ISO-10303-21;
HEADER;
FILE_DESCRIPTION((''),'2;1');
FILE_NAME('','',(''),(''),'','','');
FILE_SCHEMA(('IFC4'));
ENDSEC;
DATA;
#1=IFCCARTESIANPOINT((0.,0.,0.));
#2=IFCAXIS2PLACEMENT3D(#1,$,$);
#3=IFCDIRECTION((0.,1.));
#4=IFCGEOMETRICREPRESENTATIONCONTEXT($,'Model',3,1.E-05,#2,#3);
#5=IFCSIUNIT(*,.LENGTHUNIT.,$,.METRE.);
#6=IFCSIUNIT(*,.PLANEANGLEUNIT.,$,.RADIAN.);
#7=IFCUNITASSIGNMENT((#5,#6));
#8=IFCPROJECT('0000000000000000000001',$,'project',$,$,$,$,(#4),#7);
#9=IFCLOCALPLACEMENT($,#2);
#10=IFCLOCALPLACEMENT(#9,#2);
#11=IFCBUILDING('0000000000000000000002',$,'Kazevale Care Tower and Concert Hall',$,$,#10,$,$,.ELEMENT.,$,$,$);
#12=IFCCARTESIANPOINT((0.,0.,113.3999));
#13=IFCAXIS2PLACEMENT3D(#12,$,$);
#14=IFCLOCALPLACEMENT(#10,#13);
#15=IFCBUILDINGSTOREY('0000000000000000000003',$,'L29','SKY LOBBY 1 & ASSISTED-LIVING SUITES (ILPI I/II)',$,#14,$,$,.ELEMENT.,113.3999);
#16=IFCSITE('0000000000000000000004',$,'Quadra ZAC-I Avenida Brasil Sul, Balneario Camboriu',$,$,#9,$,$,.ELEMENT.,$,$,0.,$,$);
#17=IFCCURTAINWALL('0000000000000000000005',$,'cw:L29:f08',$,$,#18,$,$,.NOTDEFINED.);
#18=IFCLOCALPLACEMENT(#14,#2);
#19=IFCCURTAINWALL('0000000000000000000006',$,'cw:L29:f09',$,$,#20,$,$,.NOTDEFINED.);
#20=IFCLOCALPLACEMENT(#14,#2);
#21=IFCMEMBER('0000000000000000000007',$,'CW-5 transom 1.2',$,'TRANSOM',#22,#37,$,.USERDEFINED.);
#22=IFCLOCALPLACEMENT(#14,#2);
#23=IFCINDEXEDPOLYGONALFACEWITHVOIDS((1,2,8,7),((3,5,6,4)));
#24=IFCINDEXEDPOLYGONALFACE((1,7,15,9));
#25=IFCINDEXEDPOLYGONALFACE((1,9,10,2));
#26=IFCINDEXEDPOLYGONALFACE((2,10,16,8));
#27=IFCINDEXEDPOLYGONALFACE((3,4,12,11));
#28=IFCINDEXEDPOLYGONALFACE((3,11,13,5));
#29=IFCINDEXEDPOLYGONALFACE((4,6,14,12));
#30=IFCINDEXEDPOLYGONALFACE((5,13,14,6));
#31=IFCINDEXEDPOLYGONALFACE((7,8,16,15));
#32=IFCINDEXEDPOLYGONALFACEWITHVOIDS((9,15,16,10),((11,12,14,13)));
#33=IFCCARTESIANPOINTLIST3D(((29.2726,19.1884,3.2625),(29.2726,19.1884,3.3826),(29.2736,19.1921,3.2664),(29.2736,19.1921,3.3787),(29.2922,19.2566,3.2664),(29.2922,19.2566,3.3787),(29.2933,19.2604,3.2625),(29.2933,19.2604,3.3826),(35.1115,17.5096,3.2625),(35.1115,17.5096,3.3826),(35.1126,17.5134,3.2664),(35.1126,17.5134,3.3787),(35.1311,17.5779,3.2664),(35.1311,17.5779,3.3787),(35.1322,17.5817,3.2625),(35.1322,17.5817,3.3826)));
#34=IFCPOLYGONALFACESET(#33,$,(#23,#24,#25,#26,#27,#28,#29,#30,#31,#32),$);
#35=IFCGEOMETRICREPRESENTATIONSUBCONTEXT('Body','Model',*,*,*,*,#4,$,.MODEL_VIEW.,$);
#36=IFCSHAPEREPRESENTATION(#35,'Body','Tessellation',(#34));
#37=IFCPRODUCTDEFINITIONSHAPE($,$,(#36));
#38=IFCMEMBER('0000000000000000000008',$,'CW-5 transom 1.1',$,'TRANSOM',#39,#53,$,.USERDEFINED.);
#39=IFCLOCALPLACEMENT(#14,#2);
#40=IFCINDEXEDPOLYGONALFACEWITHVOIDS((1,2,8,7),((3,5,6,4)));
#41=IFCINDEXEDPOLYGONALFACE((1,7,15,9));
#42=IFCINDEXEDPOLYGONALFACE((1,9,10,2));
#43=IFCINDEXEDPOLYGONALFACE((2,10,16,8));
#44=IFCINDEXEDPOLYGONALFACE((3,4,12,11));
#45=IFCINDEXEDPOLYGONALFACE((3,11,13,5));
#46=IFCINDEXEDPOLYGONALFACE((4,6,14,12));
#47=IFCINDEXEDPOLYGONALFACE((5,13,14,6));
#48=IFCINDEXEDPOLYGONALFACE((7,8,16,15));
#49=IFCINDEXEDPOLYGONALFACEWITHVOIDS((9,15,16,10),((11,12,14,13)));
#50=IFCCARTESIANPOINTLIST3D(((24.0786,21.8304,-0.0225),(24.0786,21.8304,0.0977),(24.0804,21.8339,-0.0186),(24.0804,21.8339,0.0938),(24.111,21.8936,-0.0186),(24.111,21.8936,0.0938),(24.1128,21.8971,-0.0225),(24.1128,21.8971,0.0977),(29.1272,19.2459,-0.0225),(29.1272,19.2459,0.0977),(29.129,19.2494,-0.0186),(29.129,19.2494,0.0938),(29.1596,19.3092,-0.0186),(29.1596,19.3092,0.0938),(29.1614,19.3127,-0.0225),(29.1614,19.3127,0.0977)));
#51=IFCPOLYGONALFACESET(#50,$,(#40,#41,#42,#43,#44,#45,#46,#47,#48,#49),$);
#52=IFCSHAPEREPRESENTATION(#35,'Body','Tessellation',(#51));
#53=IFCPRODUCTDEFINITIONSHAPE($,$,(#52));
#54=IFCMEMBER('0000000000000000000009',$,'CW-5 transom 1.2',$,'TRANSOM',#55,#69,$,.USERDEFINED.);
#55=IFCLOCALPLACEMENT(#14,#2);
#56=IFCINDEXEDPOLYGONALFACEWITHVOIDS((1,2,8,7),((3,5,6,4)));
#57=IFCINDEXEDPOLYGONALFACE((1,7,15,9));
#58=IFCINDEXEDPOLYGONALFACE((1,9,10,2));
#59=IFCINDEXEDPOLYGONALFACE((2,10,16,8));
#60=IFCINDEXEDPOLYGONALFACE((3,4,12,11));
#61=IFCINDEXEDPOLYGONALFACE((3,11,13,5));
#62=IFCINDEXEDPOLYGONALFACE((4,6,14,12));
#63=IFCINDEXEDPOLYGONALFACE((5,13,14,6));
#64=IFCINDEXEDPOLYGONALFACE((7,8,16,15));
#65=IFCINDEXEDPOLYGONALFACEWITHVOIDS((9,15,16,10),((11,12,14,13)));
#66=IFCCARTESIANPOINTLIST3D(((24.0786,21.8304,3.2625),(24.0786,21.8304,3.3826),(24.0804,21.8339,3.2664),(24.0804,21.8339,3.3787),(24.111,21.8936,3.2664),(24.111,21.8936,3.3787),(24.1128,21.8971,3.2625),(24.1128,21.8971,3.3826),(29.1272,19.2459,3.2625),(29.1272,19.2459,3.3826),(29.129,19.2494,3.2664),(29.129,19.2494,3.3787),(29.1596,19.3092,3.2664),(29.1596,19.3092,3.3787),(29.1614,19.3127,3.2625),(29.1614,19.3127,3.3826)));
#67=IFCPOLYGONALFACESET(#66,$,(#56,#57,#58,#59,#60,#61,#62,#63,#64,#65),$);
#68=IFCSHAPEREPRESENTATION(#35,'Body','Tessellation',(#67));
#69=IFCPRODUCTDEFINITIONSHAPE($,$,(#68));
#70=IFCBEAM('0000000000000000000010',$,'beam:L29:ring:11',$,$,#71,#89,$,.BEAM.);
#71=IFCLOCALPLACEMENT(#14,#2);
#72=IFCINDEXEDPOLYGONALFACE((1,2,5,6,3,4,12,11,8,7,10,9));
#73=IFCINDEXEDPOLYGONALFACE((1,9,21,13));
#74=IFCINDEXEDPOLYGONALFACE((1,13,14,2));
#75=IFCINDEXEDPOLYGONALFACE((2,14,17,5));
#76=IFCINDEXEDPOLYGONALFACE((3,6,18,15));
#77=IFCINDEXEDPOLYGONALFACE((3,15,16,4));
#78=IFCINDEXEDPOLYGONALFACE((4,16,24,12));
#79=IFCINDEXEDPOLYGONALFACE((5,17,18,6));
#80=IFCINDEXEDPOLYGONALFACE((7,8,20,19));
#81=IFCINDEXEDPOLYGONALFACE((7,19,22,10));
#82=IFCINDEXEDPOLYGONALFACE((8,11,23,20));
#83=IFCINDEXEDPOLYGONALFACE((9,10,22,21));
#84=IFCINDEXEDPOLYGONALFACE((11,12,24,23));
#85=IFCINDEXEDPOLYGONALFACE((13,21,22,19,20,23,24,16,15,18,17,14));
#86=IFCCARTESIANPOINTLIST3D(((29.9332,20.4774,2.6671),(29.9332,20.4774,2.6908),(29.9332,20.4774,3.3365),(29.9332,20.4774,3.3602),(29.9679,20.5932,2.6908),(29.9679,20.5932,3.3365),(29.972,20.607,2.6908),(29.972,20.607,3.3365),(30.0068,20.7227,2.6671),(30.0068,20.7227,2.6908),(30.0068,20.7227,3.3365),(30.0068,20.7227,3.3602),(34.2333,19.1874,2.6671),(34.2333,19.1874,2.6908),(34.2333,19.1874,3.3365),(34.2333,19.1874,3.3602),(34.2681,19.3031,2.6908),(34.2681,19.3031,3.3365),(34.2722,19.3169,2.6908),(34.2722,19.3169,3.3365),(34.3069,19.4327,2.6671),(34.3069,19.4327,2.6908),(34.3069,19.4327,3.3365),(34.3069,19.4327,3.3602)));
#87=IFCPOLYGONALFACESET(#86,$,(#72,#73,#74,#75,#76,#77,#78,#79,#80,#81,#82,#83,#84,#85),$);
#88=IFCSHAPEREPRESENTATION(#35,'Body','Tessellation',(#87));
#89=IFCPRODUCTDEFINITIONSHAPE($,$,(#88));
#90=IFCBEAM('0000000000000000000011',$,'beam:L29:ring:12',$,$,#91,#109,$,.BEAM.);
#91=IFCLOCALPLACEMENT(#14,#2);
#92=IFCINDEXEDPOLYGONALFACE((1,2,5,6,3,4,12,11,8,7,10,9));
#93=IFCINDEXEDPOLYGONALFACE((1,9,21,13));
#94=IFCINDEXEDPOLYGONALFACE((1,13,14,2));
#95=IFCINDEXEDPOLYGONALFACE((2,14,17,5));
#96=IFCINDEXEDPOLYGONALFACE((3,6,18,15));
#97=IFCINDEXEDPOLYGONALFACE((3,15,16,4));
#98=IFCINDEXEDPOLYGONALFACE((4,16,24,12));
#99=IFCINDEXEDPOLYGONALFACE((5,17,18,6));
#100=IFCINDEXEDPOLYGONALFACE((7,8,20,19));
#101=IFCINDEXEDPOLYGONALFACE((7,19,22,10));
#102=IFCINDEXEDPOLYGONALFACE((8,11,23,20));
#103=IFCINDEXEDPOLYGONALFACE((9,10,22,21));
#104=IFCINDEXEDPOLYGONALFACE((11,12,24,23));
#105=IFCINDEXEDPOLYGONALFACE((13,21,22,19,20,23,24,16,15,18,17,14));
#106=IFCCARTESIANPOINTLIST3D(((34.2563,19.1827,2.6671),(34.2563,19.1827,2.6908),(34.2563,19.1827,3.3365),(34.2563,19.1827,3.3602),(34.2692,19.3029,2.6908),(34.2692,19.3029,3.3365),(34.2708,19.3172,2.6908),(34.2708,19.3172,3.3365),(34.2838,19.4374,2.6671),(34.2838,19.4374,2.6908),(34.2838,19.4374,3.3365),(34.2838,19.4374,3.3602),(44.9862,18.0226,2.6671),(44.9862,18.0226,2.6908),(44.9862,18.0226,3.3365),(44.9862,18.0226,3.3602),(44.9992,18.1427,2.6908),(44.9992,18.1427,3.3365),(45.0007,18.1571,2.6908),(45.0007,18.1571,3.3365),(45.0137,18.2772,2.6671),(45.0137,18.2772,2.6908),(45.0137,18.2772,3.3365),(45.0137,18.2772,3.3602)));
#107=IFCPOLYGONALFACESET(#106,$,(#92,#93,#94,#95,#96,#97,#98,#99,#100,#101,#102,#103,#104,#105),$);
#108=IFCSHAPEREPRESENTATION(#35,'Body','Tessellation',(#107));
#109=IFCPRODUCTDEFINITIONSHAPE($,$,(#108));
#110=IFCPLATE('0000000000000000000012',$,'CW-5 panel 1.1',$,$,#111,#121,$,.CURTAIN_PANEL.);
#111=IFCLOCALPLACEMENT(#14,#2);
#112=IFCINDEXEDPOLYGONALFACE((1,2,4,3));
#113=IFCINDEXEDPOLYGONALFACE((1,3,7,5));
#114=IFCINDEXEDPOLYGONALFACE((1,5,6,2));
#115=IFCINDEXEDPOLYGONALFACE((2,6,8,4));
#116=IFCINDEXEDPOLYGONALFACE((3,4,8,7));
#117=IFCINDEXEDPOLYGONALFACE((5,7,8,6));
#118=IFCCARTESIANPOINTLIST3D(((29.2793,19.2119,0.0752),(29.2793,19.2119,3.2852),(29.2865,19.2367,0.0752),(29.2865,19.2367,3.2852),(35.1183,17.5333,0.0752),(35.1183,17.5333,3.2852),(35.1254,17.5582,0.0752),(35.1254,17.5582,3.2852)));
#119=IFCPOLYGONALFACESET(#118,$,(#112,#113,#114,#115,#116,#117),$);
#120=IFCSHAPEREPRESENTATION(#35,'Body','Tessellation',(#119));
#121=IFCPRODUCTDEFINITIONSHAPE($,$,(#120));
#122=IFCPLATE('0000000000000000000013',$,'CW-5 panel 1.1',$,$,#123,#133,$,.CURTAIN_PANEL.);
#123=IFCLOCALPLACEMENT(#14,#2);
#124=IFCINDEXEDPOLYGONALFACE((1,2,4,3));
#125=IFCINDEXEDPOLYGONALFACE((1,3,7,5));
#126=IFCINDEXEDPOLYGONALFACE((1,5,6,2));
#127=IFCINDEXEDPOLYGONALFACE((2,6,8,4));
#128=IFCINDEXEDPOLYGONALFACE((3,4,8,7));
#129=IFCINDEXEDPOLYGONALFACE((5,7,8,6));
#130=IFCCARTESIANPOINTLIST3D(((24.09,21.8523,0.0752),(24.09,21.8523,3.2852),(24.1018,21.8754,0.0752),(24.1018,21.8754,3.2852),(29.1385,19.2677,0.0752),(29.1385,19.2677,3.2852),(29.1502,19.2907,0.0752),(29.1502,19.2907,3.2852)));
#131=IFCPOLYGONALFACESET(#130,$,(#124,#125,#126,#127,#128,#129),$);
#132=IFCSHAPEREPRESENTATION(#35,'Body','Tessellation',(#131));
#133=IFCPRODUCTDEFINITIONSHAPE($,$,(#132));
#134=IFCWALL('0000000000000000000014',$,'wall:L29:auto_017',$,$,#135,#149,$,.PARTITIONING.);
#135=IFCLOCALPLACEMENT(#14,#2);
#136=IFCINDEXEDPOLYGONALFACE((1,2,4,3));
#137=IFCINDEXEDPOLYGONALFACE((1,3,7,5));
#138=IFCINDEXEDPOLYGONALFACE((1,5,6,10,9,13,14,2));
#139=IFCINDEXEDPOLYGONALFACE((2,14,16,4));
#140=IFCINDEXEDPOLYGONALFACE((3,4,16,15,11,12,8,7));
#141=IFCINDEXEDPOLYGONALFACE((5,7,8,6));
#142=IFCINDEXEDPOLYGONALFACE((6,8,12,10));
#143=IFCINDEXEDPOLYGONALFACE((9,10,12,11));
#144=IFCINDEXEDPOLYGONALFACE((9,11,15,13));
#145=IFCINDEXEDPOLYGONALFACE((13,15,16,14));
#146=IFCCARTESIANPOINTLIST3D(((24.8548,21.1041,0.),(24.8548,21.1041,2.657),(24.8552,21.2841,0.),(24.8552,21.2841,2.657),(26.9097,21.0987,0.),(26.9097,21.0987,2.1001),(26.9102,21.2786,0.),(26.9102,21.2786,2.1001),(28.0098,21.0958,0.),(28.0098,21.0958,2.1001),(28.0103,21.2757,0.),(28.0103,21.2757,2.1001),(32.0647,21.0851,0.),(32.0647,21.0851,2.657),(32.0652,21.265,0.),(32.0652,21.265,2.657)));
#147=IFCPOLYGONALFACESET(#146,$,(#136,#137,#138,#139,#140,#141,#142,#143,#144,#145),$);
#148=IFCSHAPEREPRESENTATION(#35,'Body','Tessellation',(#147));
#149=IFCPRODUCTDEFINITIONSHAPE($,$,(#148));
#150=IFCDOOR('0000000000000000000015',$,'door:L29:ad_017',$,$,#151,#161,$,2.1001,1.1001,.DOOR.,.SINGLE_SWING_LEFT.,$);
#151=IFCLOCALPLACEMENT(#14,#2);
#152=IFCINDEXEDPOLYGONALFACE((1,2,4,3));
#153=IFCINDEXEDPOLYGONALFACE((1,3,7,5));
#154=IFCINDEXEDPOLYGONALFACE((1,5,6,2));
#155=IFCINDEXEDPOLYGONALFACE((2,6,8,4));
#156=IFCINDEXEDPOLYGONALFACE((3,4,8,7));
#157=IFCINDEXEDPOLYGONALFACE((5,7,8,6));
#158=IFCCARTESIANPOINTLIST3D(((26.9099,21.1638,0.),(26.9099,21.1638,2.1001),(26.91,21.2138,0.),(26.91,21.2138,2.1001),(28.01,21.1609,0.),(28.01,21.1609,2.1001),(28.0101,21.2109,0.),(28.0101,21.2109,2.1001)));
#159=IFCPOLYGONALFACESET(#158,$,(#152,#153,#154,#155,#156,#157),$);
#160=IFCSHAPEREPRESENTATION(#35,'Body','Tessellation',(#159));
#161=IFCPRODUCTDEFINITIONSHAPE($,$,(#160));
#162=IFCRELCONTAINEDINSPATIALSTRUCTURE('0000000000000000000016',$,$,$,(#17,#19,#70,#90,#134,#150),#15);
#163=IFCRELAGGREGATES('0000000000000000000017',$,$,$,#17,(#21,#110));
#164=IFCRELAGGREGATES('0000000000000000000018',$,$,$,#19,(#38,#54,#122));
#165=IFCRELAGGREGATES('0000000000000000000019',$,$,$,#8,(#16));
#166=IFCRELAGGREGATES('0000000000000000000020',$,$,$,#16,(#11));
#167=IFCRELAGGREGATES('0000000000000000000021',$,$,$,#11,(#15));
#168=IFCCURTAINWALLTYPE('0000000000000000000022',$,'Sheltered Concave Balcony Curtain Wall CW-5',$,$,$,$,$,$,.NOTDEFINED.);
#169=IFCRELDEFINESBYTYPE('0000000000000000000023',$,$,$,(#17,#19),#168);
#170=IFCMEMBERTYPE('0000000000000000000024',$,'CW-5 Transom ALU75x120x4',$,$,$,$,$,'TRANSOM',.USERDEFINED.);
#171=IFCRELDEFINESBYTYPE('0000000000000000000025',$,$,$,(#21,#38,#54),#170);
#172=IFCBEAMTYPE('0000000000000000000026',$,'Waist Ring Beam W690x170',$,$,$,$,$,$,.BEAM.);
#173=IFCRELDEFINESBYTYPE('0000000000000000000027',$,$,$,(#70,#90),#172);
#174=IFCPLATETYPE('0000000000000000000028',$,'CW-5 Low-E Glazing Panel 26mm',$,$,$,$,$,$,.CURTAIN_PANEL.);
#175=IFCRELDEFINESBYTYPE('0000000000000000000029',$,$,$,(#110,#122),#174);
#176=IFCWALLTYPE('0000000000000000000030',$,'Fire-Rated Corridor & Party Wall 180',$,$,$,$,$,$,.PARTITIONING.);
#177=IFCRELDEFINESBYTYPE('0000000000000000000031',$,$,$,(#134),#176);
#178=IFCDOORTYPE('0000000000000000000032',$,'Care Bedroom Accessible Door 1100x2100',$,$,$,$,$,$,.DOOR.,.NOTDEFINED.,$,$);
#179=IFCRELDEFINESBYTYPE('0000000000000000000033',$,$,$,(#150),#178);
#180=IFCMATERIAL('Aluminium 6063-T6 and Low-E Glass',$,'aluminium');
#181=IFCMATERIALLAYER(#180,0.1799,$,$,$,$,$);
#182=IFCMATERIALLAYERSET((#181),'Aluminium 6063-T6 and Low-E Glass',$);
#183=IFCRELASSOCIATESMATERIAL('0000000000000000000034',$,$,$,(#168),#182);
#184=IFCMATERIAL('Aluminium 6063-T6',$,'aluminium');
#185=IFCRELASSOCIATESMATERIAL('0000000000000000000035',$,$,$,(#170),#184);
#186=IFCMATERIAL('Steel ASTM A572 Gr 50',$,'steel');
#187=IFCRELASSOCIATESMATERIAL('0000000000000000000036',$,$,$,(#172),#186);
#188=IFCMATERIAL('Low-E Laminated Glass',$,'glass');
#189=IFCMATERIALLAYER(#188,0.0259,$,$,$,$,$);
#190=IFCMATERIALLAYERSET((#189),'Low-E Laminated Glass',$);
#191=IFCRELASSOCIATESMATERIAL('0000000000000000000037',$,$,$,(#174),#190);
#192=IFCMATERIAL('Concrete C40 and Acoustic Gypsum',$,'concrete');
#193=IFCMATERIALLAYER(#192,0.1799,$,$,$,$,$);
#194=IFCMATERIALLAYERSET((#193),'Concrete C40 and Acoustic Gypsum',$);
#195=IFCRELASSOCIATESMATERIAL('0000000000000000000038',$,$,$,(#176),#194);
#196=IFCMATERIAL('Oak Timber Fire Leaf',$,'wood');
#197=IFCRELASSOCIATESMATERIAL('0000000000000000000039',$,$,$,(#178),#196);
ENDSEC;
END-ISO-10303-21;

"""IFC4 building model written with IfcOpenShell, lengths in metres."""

from ifc_helpers import new_model, si_unit, direction, frame, frame_2d, origin, origin_2d, place, context, subcontext, project, spatial, rectangle, hollow_rectangle, i_section, extrude, material, layer, layer_set, material_profile, profile_set, type_object, element, fill, aggregate, save


model = new_model("IFC4")

# Units and contexts
model_context = context("Model", 3, precision=1e-05, world=origin(), true_north=direction((0.0, 1.0)))
body_context = subcontext(model_context, "Body", "Model", "MODEL_VIEW")
ifc_project = project(units=[si_unit("LENGTHUNIT", "METRE"), si_unit("PLANEANGLEUNIT", "RADIAN")], contexts=[model_context])

# Site, building, storey
site_placement = place(None, origin())
site = spatial("IfcSite", under=ifc_project, at=site_placement, Name="Quadra ZAC-I Avenida Brasil Sul, Balneario Camboriu", CompositionType="ELEMENT", RefElevation=0.0)
building_placement = place(site_placement, origin())
building = spatial("IfcBuilding", under=site, at=building_placement, Name="Kazevale Care Tower and Concert Hall", CompositionType="ELEMENT")
storey_placement = place(building_placement, frame((0.0, 0.0, 113.3999)))
storey = spatial("IfcBuildingStorey", under=building, at=storey_placement, Name="L29", Description="SKY LOBBY 1 & ASSISTED-LIVING SUITES (ILPI I/II)", CompositionType="ELEMENT", Elevation=113.3999)

# Shared definitions
ifc_material_1 = material(Name="Aluminium 6063-T6 and Low-E Glass", Category="aluminium")
ifc_layer_1 = layer(ifc_material_1, 0.1799)
ifc_layer_set_1 = layer_set([ifc_layer_1], Name="Aluminium 6063-T6 and Low-E Glass")
curtain_wall_type = type_object("IfcCurtainWallType", Name="Sheltered Concave Balcony Curtain Wall CW-5", PredefinedType="NOTDEFINED", material=ifc_layer_set_1)
ifc_material_2 = material(Name="Aluminium 6063-T6", Category="aluminium")

# Curtain wall
curtain_wall_1_placement = place(storey_placement, origin())
curtain_wall_1 = element("IfcCurtainWall", 1, at=curtain_wall_1_placement, inside=storey, type_object=curtain_wall_type, Name="cw:L29:f08", PredefinedType="NOTDEFINED")

# Curtain wall
curtain_wall_2_placement = place(storey_placement, origin())
curtain_wall_2 = element("IfcCurtainWall", 2, at=curtain_wall_2_placement, inside=storey, type_object=curtain_wall_type, Name="cw:L29:f09", PredefinedType="NOTDEFINED")

# Members
ifc_material_profile_1 = material_profile(ifc_material_2, hollow_rectangle(XDim=0.075, YDim=0.1201, WallThickness=0.0039, at=origin_2d()), Name="ALU75x120x4")
ifc_profile_set_1 = profile_set([ifc_material_profile_1], Name="Aluminium 6063-T6")
member_type_1 = type_object("IfcMemberType", Name="CW-5 Transom ALU75x120x4", ElementType="TRANSOM", PredefinedType="USERDEFINED", material=ifc_profile_set_1)
member_1_placement = place(storey_placement, frame((35.1218, 17.5457, 3.3225), z_axis=(-0.961068, 0.276313, 0.0), x_axis=(-0.276313, -0.961068, 0.0)))
member_1 = element("IfcMember", 3, at=member_1_placement, type_object=member_type_1, Name="CW-5 transom 1.2", ObjectType="TRANSOM", PredefinedType="USERDEFINED", context=body_context, shape_type="SweptSolid", body=[
    extrude(hollow_rectangle(XDim=0.075, YDim=0.1201, WallThickness=0.0039, at=origin_2d()), origin(), (0.0, 0.0, 1.0), 6.0754),
])
member_2_placement = place(storey_placement, frame((29.1443, 19.2793, 0.0376), z_axis=(-0.890143, 0.455682, 0.0), x_axis=(-0.455682, -0.890143, 0.0)))
member_2 = element("IfcMember", 4, at=member_2_placement, type_object=member_type_1, Name="CW-5 transom 1.1", ObjectType="TRANSOM", PredefinedType="USERDEFINED", context=body_context, shape_type="SweptSolid", body=[
    extrude(hollow_rectangle(XDim=0.075, YDim=0.1201, WallThickness=0.0039, at=origin_2d()), origin(), (0.0, 0.0, 1.0), 5.6716),
])
member_3_placement = place(storey_placement, frame((29.1443, 19.2793, 3.3225), z_axis=(-0.890143, 0.455682, 0.0), x_axis=(-0.455682, -0.890143, 0.0)))
member_3 = element("IfcMember", 5, at=member_3_placement, type_object=member_type_1, Name="CW-5 transom 1.2", ObjectType="TRANSOM", PredefinedType="USERDEFINED", context=body_context, shape_type="SweptSolid", body=[
    extrude(hollow_rectangle(XDim=0.075, YDim=0.1201, WallThickness=0.0039, at=origin_2d()), origin(), (0.0, 0.0, 1.0), 5.6716),
])

# Beams
ifc_material_3 = material(Name="Steel ASTM A572 Gr 50", Category="steel")
ifc_material_profile_2 = material_profile(ifc_material_3, i_section(OverallWidth=0.2561, OverallDepth=0.6931, WebThickness=0.0144, FlangeThickness=0.0237, at=origin_2d()), Name="W690x170")
ifc_profile_set_2 = profile_set([ifc_material_profile_2], Name="Steel ASTM A572 Gr 50")
beam_type = type_object("IfcBeamType", Name="Waist Ring Beam W690x170", PredefinedType="BEAM", material=ifc_profile_set_2)
beam_1_placement = place(storey_placement, frame((29.97, 20.6001, 3.0137), z_axis=(0.957825, -0.287353, 0.0), x_axis=(0.287353, 0.957825, 0.0)))
element("IfcBeam", 6, at=beam_1_placement, inside=storey, type_object=beam_type, Name="beam:L29:ring:11", PredefinedType="BEAM", context=body_context, shape_type="SweptSolid", body=[
    extrude(i_section(OverallWidth=0.2561, OverallDepth=0.6931, WebThickness=0.0144, FlangeThickness=0.0237, at=origin_2d()), origin(), (0.0, 0.0, 1.0), 4.4895),
])
beam_2_placement = place(storey_placement, frame((34.27, 19.3101, 3.0137), z_axis=(0.994205, -0.107496, 0.0), x_axis=(0.107496, 0.994205, 0.0)))
element("IfcBeam", 7, at=beam_2_placement, inside=storey, type_object=beam_type, Name="beam:L29:ring:12", PredefinedType="BEAM", context=body_context, shape_type="SweptSolid", body=[
    extrude(i_section(OverallWidth=0.2561, OverallDepth=0.6931, WebThickness=0.0144, FlangeThickness=0.0237, at=origin_2d()), origin(), (0.0, 0.0, 1.0), 10.7925),
])

# Plates
ifc_material_4 = material(Name="Low-E Laminated Glass", Category="glass")
ifc_layer_2 = layer(ifc_material_4, 0.0259)
ifc_layer_set_2 = layer_set([ifc_layer_2], Name="Low-E Laminated Glass")
plate_type = type_object("IfcPlateType", Name="CW-5 Low-E Glazing Panel 26mm", PredefinedType="CURTAIN_PANEL", material=ifc_layer_set_2)
plate_1_placement = place(storey_placement, frame((32.2024, 18.385, 0.0752), z_axis=(0.0, 0.0, 1.0), x_axis=(-0.961074, 0.276291, 0.0)))
plate_1 = element("IfcPlate", 8, at=plate_1_placement, type_object=plate_type, Name="CW-5 panel 1.1", PredefinedType="CURTAIN_PANEL", context=body_context, shape_type="SweptSolid", body=[
    extrude(rectangle(XDim=6.0754, YDim=0.0259, at=origin_2d()), origin(), (0.0, 0.0, 1.0), 3.21),
])
aggregate(curtain_wall_1, [member_1, plate_1])
plate_2_placement = place(storey_placement, frame((26.6201, 20.5715, 0.0752), z_axis=(0.0, 0.0, 1.0), x_axis=(-0.890127, 0.455713, 0.0)))
plate_2 = element("IfcPlate", 9, at=plate_2_placement, type_object=plate_type, Name="CW-5 panel 1.1", PredefinedType="CURTAIN_PANEL", context=body_context, shape_type="SweptSolid", body=[
    extrude(rectangle(XDim=5.6716, YDim=0.0259, at=origin_2d()), origin(), (0.0, 0.0, 1.0), 3.21),
])
aggregate(curtain_wall_2, [member_2, member_3, plate_2])

# Wall, opening, door
ifc_material_5 = material(Name="Concrete C40 and Acoustic Gypsum", Category="concrete")
ifc_layer_3 = layer(ifc_material_5, 0.1799)
ifc_layer_set_3 = layer_set([ifc_layer_3], Name="Concrete C40 and Acoustic Gypsum")
wall_type = type_object("IfcWallType", Name="Fire-Rated Corridor & Party Wall 180", PredefinedType="PARTITIONING", material=ifc_layer_set_3)
wall_placement = place(storey_placement, frame((32.0649, 21.175, 0.0), z_axis=(0.0, 0.0, 1.0), x_axis=(-0.999997, 0.002641, 0.0)))
wall = element("IfcWall", 10, at=wall_placement, inside=storey, type_object=wall_type, Name="wall:L29:auto_017", PredefinedType="PARTITIONING", context=body_context, shape_type="SweptSolid", body=[
    extrude(rectangle(XDim=7.21, YDim=0.1799, at=frame_2d((3.605, 0.0))), origin(), (0.0, 0.0, 1.0), 2.657),
])
opening_placement = place(wall_placement, frame((4.0549, 0.0, 0.0)))
opening = element("IfcOpeningElement", 11, at=opening_placement, cuts=wall, PredefinedType="OPENING", context=body_context, shape_type="SweptSolid", body=[
    extrude(rectangle(XDim=1.1001, YDim=2.1001, at=frame_2d((0.55, 1.05))), frame((0.0, 0.0999, 0.0), z_axis=(0.0, -1.0, 0.0), x_axis=(1.0, 0.0, 0.0)), (0.0, 0.0, 1.0), 0.2),
])
ifc_material_6 = material(Name="Oak Timber Fire Leaf", Category="wood")
door_type = type_object("IfcDoorType", Name="Care Bedroom Accessible Door 1100x2100", OperationType="NOTDEFINED", PredefinedType="DOOR", material=ifc_material_6)
door_placement = place(opening_placement, origin())
door = element("IfcDoor", 12, at=door_placement, inside=storey, type_object=door_type, Name="door:L29:ad_017", OperationType="SINGLE_SWING_LEFT", OverallHeight=2.1001, OverallWidth=1.1001, PredefinedType="DOOR", context=body_context, shape_type="SweptSolid", body=[
    extrude(rectangle(XDim=1.1001, YDim=2.1001, at=frame_2d((0.55, 1.05))), frame((0.0, 0.0249, 0.0), z_axis=(0.0, -1.0, 0.0), x_axis=(1.0, 0.0, 0.0)), (0.0, 0.0, 1.0), 0.05),
])
fill(opening, door)

save(model, "model.ifc")
